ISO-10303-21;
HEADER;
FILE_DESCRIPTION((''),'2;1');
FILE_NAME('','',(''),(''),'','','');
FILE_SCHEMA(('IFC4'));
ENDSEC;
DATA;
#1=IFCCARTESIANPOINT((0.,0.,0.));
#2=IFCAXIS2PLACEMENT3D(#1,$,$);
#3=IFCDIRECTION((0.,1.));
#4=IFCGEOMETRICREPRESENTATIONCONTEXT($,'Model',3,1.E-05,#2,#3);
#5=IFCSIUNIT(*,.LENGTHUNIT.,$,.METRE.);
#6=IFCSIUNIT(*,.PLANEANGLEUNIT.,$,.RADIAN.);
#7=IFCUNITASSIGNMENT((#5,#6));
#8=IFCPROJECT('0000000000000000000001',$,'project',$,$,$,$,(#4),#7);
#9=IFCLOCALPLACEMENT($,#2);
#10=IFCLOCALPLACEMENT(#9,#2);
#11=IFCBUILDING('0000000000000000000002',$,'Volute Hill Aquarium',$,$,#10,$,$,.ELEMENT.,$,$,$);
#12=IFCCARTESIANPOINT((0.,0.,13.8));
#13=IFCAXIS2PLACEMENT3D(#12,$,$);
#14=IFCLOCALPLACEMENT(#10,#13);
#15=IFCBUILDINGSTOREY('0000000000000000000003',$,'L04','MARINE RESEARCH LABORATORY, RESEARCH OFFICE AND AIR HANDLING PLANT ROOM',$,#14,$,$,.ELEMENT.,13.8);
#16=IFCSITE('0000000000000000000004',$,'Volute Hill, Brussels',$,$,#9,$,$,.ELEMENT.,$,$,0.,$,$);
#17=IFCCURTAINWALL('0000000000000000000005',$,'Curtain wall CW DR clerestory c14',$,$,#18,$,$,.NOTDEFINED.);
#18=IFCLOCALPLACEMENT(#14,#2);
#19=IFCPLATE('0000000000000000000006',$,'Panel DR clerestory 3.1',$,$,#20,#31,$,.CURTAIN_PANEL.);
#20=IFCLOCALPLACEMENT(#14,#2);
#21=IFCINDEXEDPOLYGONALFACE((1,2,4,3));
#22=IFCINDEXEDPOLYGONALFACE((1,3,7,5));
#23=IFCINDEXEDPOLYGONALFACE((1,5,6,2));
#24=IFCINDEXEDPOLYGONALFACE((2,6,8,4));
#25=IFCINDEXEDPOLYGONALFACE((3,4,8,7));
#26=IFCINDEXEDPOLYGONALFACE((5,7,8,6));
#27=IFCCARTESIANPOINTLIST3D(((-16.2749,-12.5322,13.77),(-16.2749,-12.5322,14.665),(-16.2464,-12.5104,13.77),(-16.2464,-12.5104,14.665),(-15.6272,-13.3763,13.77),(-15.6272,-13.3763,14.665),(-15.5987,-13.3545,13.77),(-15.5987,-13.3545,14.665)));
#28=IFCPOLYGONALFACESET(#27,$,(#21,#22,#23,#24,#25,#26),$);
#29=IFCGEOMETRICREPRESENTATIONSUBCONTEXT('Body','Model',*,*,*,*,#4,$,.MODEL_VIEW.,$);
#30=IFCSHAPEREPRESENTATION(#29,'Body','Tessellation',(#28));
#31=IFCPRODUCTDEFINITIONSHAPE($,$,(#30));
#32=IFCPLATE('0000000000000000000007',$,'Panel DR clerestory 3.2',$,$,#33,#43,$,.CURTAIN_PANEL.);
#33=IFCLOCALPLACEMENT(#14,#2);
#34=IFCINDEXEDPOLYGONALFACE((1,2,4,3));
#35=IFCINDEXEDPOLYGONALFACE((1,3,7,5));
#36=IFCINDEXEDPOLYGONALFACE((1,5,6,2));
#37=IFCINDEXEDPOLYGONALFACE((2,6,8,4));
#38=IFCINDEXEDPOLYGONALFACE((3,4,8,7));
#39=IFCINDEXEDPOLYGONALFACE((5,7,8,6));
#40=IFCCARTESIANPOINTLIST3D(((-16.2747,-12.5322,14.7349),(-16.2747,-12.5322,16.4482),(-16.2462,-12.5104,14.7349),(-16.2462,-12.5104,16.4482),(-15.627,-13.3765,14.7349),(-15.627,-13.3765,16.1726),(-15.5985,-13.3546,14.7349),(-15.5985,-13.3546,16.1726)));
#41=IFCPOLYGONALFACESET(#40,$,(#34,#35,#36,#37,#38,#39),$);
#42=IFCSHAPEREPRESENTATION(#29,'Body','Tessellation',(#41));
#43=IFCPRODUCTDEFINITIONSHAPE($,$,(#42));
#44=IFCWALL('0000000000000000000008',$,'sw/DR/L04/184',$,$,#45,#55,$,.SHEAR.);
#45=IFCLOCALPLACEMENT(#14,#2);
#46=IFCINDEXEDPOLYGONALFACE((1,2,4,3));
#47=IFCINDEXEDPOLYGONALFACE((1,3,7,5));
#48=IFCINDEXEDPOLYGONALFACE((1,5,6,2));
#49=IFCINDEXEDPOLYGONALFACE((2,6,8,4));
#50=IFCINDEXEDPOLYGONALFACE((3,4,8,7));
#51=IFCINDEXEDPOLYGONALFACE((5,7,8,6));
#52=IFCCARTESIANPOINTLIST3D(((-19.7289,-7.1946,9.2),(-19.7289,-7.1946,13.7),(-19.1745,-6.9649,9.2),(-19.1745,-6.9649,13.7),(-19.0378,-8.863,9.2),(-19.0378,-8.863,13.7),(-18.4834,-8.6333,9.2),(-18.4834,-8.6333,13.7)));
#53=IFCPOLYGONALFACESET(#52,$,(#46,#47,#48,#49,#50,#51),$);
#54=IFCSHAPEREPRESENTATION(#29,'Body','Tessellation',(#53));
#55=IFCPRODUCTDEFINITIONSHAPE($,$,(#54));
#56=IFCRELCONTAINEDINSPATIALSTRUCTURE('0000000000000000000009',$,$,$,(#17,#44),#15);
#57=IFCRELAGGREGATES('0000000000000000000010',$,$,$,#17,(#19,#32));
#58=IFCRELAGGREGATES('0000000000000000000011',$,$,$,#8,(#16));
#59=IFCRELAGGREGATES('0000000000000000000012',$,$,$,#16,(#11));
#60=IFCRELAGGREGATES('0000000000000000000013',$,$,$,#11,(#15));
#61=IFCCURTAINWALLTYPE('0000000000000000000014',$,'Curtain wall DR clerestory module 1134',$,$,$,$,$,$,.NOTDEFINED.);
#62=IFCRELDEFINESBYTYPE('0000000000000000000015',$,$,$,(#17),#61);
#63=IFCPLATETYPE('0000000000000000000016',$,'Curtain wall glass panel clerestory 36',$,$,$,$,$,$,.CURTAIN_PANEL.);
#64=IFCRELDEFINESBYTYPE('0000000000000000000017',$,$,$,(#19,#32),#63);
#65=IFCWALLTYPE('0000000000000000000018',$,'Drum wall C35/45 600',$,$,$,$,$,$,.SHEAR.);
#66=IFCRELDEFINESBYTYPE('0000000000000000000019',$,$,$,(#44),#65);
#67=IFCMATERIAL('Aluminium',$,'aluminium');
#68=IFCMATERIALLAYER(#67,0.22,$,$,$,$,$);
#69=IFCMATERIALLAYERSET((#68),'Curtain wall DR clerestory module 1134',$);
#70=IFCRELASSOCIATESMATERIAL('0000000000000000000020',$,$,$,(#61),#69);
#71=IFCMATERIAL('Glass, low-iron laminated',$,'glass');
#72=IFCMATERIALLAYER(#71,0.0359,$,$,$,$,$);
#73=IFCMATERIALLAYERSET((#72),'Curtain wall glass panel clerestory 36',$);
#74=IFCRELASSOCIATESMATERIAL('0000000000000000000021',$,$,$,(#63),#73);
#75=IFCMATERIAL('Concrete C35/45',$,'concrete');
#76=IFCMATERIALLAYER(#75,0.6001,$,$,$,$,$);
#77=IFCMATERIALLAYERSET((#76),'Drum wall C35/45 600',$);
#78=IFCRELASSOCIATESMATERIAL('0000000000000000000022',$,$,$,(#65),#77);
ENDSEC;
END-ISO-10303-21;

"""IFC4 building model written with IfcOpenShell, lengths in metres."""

from ifc_helpers import new_model, si_unit, direction, frame, frame_2d, origin, origin_2d, place, context, subcontext, project, spatial, polyline, rectangle, outline, extrude, material, layer, layer_set, type_object, element, aggregate, save


model = new_model("IFC4")

# Units and contexts
model_context = context("Model", 3, precision=1e-05, world=origin(), true_north=direction((0.0, 1.0)))
body_context = subcontext(model_context, "Body", "Model", "MODEL_VIEW")
ifc_project = project(units=[si_unit("LENGTHUNIT", "METRE"), si_unit("PLANEANGLEUNIT", "RADIAN")], contexts=[model_context])

# Site, building, storey
site_placement = place(None, origin())
site = spatial("IfcSite", under=ifc_project, at=site_placement, Name="Volute Hill, Brussels", CompositionType="ELEMENT", RefElevation=0.0)
building_placement = place(site_placement, origin())
building = spatial("IfcBuilding", under=site, at=building_placement, Name="Volute Hill Aquarium", CompositionType="ELEMENT")
storey_placement = place(building_placement, frame((0.0, 0.0, 13.8)))
storey = spatial("IfcBuildingStorey", under=building, at=storey_placement, Name="L04", Description="MARINE RESEARCH LABORATORY, RESEARCH OFFICE AND AIR HANDLING PLANT ROOM", CompositionType="ELEMENT", Elevation=13.8)

# Curtain wall
ifc_material_1 = material(Name="Aluminium", Category="aluminium")
ifc_layer_1 = layer(ifc_material_1, 0.22)
ifc_layer_set_1 = layer_set([ifc_layer_1], Name="Curtain wall DR clerestory module 1134")
curtain_wall_type = type_object("IfcCurtainWallType", Name="Curtain wall DR clerestory module 1134", PredefinedType="NOTDEFINED", material=ifc_layer_set_1)
curtain_wall_1_placement = place(storey_placement, origin())
curtain_wall_1 = element("IfcCurtainWall", 1, at=curtain_wall_1_placement, inside=storey, type_object=curtain_wall_type, Name="Curtain wall CW DR clerestory c14", PredefinedType="NOTDEFINED")

# Plates
ifc_material_2 = material(Name="Glass, low-iron laminated", Category="glass")
ifc_layer_2 = layer(ifc_material_2, 0.0359)
ifc_layer_set_2 = layer_set([ifc_layer_2], Name="Curtain wall glass panel clerestory 36")
plate_type = type_object("IfcPlateType", Name="Curtain wall glass panel clerestory 36", PredefinedType="CURTAIN_PANEL", material=ifc_layer_set_2)
plate_1_placement = place(storey_placement, frame((-15.9368, -12.9434, 13.77), z_axis=(0.0, 0.0, 1.0), x_axis=(0.608761, -0.793354, 0.0)))
plate_1 = element("IfcPlate", 2, at=plate_1_placement, type_object=plate_type, Name="Panel DR clerestory 3.1", PredefinedType="CURTAIN_PANEL", context=body_context, shape_type="SweptSolid", body=[
    extrude(rectangle(XDim=1.064, YDim=0.0359, at=origin_2d()), origin(), (0.0, 0.0, 1.0), 0.895),
])
plate_2_placement = place(storey_placement, frame((-16.2747, -12.5322, 14.7349), z_axis=(-0.7934, -0.608701, 0.0), x_axis=(0.608701, -0.7934, 0.0)))
plate_2 = element("IfcPlate", 3, at=plate_2_placement, type_object=plate_type, Name="Panel DR clerestory 3.2", PredefinedType="CURTAIN_PANEL", context=body_context, shape_type="SweptSolid", body=[
    extrude(outline(polyline([(0.0, 0.0), (1.0641, 0.0), (1.0641, 1.4377), (0.0, 1.7134), (0.0, 0.0)])), origin(), (0.0, 0.0, -1.0), 0.0359),
])
aggregate(curtain_wall_1, [plate_1, plate_2])

# Wall
ifc_material_3 = material(Name="Concrete C35/45", Category="concrete")
ifc_layer_3 = layer(ifc_material_3, 0.6001)
ifc_layer_set_3 = layer_set([ifc_layer_3], Name="Drum wall C35/45 600")
wall_type = type_object("IfcWallType", Name="Drum wall C35/45 600", PredefinedType="SHEAR", material=ifc_layer_set_3)
wall_placement = place(storey_placement, frame((-19.4517, -7.0798, 9.2), z_axis=(0.0, 0.0, 1.0), x_axis=(0.382714, -0.923867, 0.0)))
element("IfcWall", 4, at=wall_placement, inside=storey, type_object=wall_type, Name="sw/DR/L04/184", PredefinedType="SHEAR", context=body_context, shape_type="SweptSolid", body=[
    extrude(rectangle(XDim=1.8059, YDim=0.6001, at=frame_2d((0.9028, 0.0))), origin(), (0.0, 0.0, 1.0), 4.5),
])

save(model, "model.ifc")
